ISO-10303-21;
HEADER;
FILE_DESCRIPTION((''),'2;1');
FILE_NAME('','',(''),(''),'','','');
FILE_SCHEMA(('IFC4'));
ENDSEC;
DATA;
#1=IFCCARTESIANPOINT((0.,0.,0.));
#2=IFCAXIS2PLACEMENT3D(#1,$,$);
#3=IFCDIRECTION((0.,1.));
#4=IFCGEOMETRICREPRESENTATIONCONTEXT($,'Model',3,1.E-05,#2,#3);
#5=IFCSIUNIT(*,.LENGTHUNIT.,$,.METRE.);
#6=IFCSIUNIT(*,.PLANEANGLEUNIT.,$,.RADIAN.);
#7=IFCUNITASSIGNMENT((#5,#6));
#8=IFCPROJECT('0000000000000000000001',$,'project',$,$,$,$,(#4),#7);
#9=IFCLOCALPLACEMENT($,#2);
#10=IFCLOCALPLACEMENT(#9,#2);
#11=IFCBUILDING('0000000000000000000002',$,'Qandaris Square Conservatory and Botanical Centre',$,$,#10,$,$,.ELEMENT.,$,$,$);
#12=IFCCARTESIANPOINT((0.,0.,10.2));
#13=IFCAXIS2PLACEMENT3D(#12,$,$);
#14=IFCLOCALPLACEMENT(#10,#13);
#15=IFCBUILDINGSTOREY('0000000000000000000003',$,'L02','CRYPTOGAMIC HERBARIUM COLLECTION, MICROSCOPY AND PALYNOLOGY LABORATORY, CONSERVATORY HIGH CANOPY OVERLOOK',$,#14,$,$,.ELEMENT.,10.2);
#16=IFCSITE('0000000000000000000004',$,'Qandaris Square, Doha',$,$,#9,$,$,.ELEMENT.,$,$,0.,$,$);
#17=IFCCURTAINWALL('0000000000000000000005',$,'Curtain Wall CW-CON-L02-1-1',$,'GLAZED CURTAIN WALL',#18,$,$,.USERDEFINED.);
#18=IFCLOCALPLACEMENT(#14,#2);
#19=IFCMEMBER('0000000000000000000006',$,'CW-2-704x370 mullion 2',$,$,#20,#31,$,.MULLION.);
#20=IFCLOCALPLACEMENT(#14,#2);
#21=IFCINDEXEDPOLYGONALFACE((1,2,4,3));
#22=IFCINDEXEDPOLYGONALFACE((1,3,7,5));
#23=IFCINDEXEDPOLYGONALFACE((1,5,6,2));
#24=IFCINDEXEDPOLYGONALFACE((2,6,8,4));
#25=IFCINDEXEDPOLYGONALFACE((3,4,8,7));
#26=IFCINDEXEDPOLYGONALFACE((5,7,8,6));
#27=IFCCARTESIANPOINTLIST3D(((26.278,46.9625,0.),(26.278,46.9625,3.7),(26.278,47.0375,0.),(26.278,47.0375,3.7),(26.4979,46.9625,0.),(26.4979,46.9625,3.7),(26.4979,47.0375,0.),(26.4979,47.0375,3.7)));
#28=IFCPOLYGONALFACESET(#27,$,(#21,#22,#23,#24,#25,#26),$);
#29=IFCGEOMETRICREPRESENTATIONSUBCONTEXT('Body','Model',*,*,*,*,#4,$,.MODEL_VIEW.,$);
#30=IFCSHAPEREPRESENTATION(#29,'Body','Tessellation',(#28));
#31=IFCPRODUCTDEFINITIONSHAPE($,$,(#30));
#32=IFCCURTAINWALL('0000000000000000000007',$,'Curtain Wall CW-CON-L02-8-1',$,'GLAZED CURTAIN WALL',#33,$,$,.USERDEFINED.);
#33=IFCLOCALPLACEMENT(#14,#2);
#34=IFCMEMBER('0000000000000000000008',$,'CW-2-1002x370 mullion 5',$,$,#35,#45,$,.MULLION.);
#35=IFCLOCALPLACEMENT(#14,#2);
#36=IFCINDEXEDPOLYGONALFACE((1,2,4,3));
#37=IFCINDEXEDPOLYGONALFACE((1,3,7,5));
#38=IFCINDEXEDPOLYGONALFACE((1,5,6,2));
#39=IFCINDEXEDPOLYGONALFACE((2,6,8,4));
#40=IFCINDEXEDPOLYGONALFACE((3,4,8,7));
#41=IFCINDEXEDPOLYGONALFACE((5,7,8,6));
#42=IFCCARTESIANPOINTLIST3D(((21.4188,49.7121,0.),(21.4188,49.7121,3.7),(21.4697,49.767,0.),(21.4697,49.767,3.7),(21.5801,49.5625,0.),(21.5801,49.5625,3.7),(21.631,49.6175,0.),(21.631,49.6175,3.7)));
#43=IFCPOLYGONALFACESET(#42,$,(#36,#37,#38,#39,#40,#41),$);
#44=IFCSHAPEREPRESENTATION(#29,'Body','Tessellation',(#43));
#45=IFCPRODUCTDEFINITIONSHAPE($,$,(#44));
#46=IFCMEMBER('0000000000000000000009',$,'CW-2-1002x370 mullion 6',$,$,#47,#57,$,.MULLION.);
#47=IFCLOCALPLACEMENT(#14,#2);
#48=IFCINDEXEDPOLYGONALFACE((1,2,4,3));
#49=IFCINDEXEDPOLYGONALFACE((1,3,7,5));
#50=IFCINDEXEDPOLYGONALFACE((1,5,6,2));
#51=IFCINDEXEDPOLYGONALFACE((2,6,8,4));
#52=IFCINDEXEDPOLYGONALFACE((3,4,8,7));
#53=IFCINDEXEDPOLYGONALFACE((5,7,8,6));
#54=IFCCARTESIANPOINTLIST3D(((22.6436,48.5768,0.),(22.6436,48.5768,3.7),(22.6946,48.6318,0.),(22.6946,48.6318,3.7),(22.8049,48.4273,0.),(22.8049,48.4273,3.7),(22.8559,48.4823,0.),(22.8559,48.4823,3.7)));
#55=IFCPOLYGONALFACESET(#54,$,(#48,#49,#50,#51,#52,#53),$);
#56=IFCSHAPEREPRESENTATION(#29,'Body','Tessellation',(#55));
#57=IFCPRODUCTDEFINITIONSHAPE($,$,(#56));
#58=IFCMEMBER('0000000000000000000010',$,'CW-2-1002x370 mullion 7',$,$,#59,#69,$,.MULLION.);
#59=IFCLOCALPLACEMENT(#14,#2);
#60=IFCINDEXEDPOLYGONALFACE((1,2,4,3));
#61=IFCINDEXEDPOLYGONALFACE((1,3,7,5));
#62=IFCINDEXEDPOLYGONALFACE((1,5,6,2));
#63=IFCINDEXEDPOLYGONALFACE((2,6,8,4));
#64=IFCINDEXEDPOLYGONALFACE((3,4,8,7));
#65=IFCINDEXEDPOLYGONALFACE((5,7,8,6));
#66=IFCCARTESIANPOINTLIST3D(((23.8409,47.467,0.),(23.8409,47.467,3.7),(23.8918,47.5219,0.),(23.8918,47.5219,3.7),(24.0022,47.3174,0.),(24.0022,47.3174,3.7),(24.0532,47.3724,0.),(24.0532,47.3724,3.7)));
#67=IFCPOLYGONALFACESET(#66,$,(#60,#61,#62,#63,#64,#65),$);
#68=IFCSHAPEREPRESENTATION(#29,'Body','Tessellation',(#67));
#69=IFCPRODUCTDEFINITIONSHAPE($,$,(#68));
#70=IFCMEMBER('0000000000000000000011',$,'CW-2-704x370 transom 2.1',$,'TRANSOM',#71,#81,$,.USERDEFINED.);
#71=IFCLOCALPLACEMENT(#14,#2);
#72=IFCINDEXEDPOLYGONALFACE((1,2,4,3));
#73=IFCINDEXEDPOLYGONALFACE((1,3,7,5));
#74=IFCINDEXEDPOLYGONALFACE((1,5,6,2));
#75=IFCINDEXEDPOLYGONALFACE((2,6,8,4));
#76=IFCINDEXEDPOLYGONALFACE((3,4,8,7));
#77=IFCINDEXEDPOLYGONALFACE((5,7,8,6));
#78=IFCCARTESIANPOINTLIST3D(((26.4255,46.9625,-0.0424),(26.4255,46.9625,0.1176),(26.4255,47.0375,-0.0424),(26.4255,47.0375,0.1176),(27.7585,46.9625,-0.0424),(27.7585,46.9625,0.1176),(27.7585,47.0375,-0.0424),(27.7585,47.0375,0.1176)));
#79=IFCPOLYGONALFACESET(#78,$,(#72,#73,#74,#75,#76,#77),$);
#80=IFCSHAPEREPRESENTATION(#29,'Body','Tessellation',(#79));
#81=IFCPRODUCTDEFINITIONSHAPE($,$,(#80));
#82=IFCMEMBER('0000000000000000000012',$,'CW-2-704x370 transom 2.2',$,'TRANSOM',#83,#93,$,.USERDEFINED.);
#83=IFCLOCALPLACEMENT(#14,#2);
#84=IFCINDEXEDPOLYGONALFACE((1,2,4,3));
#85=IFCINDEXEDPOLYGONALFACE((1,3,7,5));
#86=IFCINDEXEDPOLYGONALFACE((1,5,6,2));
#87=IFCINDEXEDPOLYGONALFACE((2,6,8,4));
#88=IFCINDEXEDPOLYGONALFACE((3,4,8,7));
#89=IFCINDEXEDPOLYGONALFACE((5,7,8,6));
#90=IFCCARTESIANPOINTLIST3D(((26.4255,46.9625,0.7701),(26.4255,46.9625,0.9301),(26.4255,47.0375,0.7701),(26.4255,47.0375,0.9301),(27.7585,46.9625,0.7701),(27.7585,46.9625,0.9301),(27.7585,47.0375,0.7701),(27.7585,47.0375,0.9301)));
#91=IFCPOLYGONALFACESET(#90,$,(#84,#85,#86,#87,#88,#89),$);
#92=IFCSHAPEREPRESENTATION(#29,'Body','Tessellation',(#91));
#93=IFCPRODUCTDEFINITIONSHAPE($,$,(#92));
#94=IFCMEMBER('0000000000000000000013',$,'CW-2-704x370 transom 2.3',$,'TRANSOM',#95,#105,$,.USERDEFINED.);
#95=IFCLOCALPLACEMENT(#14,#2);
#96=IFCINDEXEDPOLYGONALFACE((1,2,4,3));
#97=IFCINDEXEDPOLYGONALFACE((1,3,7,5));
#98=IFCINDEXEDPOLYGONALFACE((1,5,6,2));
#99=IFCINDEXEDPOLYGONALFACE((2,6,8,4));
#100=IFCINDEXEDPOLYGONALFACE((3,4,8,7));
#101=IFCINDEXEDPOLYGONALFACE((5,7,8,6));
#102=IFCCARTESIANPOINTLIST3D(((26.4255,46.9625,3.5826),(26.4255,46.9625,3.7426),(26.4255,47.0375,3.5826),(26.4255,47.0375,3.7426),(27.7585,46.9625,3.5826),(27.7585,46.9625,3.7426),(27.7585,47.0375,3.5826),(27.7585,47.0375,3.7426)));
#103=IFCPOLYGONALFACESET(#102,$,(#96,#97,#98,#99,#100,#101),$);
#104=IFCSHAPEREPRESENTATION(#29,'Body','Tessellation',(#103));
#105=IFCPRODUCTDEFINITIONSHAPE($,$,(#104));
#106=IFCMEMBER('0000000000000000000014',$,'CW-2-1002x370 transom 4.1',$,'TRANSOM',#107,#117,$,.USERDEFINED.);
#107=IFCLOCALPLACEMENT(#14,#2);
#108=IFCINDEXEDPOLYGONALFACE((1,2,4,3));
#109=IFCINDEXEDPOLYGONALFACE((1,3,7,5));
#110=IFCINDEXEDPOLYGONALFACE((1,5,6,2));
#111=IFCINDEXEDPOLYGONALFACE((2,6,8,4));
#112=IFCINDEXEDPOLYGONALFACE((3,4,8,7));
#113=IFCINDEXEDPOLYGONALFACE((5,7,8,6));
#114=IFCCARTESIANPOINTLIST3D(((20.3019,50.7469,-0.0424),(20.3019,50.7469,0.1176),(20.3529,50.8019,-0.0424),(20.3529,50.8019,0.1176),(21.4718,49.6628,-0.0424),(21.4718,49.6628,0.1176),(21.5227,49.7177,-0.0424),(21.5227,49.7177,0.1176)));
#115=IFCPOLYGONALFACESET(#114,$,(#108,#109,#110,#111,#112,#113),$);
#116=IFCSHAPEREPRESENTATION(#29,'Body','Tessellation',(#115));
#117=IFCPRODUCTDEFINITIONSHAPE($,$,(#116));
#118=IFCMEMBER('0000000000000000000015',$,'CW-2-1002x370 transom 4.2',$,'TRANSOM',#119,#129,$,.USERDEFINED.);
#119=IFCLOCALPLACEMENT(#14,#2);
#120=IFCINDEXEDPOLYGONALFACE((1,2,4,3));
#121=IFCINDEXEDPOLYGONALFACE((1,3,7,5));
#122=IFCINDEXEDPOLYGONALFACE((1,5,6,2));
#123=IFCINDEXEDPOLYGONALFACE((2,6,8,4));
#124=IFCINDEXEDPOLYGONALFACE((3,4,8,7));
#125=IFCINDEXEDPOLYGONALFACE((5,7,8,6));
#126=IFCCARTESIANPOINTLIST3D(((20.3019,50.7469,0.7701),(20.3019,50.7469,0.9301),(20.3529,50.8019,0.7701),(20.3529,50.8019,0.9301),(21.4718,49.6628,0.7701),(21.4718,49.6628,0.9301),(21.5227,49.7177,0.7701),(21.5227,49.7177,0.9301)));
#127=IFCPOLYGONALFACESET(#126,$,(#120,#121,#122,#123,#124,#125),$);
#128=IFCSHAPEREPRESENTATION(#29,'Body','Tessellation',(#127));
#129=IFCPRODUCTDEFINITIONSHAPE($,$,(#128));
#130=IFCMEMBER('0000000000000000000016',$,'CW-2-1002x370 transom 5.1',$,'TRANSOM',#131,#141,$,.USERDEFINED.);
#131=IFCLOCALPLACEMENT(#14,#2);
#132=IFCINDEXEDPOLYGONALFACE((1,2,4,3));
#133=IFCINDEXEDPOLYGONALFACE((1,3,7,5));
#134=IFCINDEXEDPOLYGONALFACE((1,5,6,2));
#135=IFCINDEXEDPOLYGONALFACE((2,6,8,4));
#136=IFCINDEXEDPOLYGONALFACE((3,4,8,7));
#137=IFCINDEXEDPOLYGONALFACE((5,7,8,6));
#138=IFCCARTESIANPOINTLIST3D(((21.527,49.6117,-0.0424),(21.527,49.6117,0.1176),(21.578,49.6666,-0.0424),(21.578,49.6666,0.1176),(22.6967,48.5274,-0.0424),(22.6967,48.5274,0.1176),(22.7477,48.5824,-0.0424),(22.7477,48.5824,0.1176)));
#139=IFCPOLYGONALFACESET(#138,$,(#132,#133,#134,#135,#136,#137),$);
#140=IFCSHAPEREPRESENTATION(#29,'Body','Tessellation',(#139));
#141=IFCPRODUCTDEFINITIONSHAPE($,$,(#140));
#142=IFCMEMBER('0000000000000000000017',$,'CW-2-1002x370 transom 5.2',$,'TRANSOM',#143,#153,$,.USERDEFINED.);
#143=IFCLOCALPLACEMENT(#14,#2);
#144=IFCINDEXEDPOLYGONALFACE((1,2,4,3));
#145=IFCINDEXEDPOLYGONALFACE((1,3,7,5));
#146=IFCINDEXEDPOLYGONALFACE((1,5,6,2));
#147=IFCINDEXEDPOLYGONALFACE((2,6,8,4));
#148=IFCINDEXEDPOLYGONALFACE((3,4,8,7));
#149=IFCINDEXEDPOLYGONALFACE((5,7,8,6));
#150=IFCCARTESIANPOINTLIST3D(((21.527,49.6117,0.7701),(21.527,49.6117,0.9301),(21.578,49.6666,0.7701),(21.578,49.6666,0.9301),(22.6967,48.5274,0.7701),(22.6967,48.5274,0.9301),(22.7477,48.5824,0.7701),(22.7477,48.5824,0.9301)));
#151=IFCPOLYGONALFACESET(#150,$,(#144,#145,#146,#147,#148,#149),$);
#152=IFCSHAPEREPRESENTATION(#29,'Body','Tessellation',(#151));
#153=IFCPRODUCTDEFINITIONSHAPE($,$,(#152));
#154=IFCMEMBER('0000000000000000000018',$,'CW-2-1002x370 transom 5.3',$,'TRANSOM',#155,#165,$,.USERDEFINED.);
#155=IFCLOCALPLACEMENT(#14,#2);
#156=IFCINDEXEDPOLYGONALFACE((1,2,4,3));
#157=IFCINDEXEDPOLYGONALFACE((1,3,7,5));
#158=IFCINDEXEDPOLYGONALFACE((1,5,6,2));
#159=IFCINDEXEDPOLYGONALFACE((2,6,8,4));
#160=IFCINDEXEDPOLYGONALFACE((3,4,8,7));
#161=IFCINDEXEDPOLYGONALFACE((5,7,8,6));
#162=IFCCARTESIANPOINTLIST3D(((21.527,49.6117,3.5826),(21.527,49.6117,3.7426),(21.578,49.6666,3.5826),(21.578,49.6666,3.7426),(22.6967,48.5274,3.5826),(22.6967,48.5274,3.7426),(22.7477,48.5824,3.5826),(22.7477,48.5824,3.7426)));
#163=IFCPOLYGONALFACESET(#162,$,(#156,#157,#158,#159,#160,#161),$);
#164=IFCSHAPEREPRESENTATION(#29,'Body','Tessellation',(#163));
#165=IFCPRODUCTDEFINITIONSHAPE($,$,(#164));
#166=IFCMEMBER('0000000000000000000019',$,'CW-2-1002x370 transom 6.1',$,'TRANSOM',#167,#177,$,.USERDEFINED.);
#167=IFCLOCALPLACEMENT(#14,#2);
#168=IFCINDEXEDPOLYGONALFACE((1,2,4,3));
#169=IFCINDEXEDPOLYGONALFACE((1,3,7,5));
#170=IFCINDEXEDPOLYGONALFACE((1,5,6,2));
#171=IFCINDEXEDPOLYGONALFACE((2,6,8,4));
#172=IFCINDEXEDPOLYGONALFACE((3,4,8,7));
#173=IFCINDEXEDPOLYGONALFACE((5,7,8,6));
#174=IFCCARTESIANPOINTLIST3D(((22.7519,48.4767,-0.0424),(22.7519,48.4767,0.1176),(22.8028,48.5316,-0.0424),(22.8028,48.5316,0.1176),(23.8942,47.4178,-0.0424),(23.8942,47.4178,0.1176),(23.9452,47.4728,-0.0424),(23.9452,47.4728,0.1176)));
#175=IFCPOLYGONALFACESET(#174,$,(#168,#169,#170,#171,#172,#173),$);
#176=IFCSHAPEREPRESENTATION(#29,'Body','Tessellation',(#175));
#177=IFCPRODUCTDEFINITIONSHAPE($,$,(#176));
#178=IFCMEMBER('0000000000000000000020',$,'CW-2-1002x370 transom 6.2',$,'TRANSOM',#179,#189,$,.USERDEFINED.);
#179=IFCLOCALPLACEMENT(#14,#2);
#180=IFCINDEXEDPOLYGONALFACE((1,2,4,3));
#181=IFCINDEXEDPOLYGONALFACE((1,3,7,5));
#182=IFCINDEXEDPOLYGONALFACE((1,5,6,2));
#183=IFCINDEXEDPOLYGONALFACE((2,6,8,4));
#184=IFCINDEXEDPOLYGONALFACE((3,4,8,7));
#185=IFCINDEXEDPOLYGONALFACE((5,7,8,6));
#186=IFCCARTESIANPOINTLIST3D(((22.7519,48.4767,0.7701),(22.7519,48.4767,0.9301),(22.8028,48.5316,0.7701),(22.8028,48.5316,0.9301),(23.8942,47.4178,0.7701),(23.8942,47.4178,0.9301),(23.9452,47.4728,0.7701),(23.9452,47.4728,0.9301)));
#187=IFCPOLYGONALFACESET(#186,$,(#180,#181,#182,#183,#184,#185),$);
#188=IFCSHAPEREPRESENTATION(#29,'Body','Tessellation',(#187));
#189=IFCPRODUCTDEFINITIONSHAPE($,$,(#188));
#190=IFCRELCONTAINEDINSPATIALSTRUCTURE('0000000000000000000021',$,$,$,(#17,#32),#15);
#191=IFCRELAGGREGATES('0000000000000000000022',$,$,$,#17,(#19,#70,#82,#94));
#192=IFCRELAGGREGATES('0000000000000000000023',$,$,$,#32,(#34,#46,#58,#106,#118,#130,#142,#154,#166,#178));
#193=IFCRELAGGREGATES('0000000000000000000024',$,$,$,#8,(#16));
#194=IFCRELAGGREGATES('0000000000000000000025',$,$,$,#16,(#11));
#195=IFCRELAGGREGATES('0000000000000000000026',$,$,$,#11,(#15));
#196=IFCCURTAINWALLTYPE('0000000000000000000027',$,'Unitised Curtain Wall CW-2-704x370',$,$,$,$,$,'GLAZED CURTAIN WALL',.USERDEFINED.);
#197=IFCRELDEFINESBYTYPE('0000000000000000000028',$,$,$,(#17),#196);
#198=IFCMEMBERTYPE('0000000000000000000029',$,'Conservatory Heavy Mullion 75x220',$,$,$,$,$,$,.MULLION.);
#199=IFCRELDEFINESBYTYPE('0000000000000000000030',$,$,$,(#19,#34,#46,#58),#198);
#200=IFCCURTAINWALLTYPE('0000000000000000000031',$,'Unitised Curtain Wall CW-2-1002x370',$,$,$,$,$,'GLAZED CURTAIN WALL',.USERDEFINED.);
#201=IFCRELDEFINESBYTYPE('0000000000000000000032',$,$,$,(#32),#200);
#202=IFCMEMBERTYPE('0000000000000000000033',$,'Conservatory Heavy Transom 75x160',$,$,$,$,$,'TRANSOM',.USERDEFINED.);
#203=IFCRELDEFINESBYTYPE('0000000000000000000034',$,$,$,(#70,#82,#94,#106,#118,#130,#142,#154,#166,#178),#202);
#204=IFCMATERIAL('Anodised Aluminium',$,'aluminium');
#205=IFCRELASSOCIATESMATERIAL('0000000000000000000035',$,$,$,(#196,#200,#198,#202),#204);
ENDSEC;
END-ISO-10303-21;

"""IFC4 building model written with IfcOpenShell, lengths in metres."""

from ifc_helpers import new_model, si_unit, direction, frame, origin, origin_2d, place, context, subcontext, project, spatial, rectangle, extrude, material, material_profile, profile_set, type_object, element, aggregate, save


model = new_model("IFC4")

# Units and contexts
model_context = context("Model", 3, precision=1e-05, world=origin(), true_north=direction((0.0, 1.0)))
body_context = subcontext(model_context, "Body", "Model", "MODEL_VIEW")
ifc_project = project(units=[si_unit("LENGTHUNIT", "METRE"), si_unit("PLANEANGLEUNIT", "RADIAN")], contexts=[model_context])

# Site, building, storey
site_placement = place(None, origin())
site = spatial("IfcSite", under=ifc_project, at=site_placement, Name="Qandaris Square, Doha", CompositionType="ELEMENT", RefElevation=0.0)
building_placement = place(site_placement, origin())
building = spatial("IfcBuilding", under=site, at=building_placement, Name="Qandaris Square Conservatory and Botanical Centre", CompositionType="ELEMENT")
storey_placement = place(building_placement, frame((0.0, 0.0, 10.2)))
storey = spatial("IfcBuildingStorey", under=building, at=storey_placement, Name="L02", Description="CRYPTOGAMIC HERBARIUM COLLECTION, MICROSCOPY AND PALYNOLOGY LABORATORY, CONSERVATORY HIGH CANOPY OVERLOOK", CompositionType="ELEMENT", Elevation=10.2)

# Curtain wall, member
ifc_material_1 = material(Name="Anodised Aluminium", Category="aluminium")
curtain_wall_type_1 = type_object("IfcCurtainWallType", Name="Unitised Curtain Wall CW-2-704x370", ElementType="GLAZED CURTAIN WALL", PredefinedType="USERDEFINED", material=ifc_material_1)
curtain_wall_1_placement = place(storey_placement, origin())
curtain_wall_1 = element("IfcCurtainWall", 1, at=curtain_wall_1_placement, inside=storey, type_object=curtain_wall_type_1, Name="Curtain Wall CW-CON-L02-1-1", ObjectType="GLAZED CURTAIN WALL", PredefinedType="USERDEFINED")
ifc_material_profile_1 = material_profile(ifc_material_1, rectangle(XDim=0.075, YDim=0.22, at=origin_2d()), Name="ALU-MUL 75x220")
ifc_profile_set_1 = profile_set([ifc_material_profile_1], Name="Anodised Aluminium")
member_type_1 = type_object("IfcMemberType", Name="Conservatory Heavy Mullion 75x220", PredefinedType="MULLION", material=ifc_profile_set_1)
member_1_placement = place(storey_placement, frame((26.3879, 47.0, 0.0), z_axis=(0.0, 0.0, 1.0), x_axis=(0.0, 1.0, 0.0)))
member_1 = element("IfcMember", 2, at=member_1_placement, type_object=member_type_1, Name="CW-2-704x370 mullion 2", PredefinedType="MULLION", context=body_context, shape_type="SweptSolid", body=[
    extrude(rectangle(XDim=0.075, YDim=0.22, at=origin_2d()), origin(), (0.0, 0.0, 1.0), 3.7),
])

# Curtain wall, members
curtain_wall_type_2 = type_object("IfcCurtainWallType", Name="Unitised Curtain Wall CW-2-1002x370", ElementType="GLAZED CURTAIN WALL", PredefinedType="USERDEFINED", material=ifc_material_1)
curtain_wall_2_placement = place(storey_placement, origin())
curtain_wall_2 = element("IfcCurtainWall", 3, at=curtain_wall_2_placement, inside=storey, type_object=curtain_wall_type_2, Name="Curtain Wall CW-CON-L02-8-1", ObjectType="GLAZED CURTAIN WALL", PredefinedType="USERDEFINED")
member_2_placement = place(storey_placement, frame((21.5249, 49.6648, 0.0), z_axis=(0.0, 0.0, 1.0), x_axis=(0.679762, 0.733433, 0.0)))
member_2 = element("IfcMember", 4, at=member_2_placement, type_object=member_type_1, Name="CW-2-1002x370 mullion 5", PredefinedType="MULLION", context=body_context, shape_type="SweptSolid", body=[
    extrude(rectangle(XDim=0.075, YDim=0.22, at=origin_2d()), origin(), (0.0, 0.0, 1.0), 3.7),
])
member_3_placement = place(storey_placement, frame((22.7498, 48.5295, 0.0), z_axis=(0.0, 0.0, 1.0), x_axis=(0.679762, 0.733433, 0.0)))
member_3 = element("IfcMember", 5, at=member_3_placement, type_object=member_type_1, Name="CW-2-1002x370 mullion 6", PredefinedType="MULLION", context=body_context, shape_type="SweptSolid", body=[
    extrude(rectangle(XDim=0.075, YDim=0.22, at=origin_2d()), origin(), (0.0, 0.0, 1.0), 3.7),
])
member_4_placement = place(storey_placement, frame((23.947, 47.4197, 0.0), z_axis=(0.0, 0.0, 1.0), x_axis=(0.679762, 0.733433, 0.0)))
member_4 = element("IfcMember", 6, at=member_4_placement, type_object=member_type_1, Name="CW-2-1002x370 mullion 7", PredefinedType="MULLION", context=body_context, shape_type="SweptSolid", body=[
    extrude(rectangle(XDim=0.075, YDim=0.22, at=origin_2d()), origin(), (0.0, 0.0, 1.0), 3.7),
])

# Members
ifc_material_profile_2 = material_profile(ifc_material_1, rectangle(XDim=0.075, YDim=0.1599, at=origin_2d()), Name="ALU-TRN 75x160")
ifc_profile_set_2 = profile_set([ifc_material_profile_2], Name="Anodised Aluminium")
member_type_2 = type_object("IfcMemberType", Name="Conservatory Heavy Transom 75x160", ElementType="TRANSOM", PredefinedType="USERDEFINED", material=ifc_profile_set_2)
member_5_placement = place(storey_placement, frame((26.4255, 47.0, 0.0376), z_axis=(1.0, 0.0, 0.0), x_axis=(0.0, 1.0, 0.0)))
member_5 = element("IfcMember", 7, at=member_5_placement, type_object=member_type_2, Name="CW-2-704x370 transom 2.1", ObjectType="TRANSOM", PredefinedType="USERDEFINED", context=body_context, shape_type="SweptSolid", body=[
    extrude(rectangle(XDim=0.075, YDim=0.1599, at=origin_2d()), origin(), (0.0, 0.0, 1.0), 1.333),
])
member_6_placement = place(storey_placement, frame((26.4255, 47.0, 0.8501), z_axis=(1.0, 0.0, 0.0), x_axis=(0.0, 1.0, 0.0)))
member_6 = element("IfcMember", 8, at=member_6_placement, type_object=member_type_2, Name="CW-2-704x370 transom 2.2", ObjectType="TRANSOM", PredefinedType="USERDEFINED", context=body_context, shape_type="SweptSolid", body=[
    extrude(rectangle(XDim=0.075, YDim=0.1599, at=origin_2d()), origin(), (0.0, 0.0, 1.0), 1.333),
])
member_7_placement = place(storey_placement, frame((26.4255, 47.0, 3.6626), z_axis=(1.0, 0.0, 0.0), x_axis=(0.0, 1.0, 0.0)))
member_7 = element("IfcMember", 9, at=member_7_placement, type_object=member_type_2, Name="CW-2-704x370 transom 2.3", ObjectType="TRANSOM", PredefinedType="USERDEFINED", context=body_context, shape_type="SweptSolid", body=[
    extrude(rectangle(XDim=0.075, YDim=0.1599, at=origin_2d()), origin(), (0.0, 0.0, 1.0), 1.333),
])
member_8_placement = place(storey_placement, frame((20.3274, 50.7744, 0.0376), z_axis=(0.733458, -0.679735, 0.0), x_axis=(0.679735, 0.733458, 0.0)))
member_8 = element("IfcMember", 10, at=member_8_placement, type_object=member_type_2, Name="CW-2-1002x370 transom 4.1", ObjectType="TRANSOM", PredefinedType="USERDEFINED", context=body_context, shape_type="SweptSolid", body=[
    extrude(rectangle(XDim=0.075, YDim=0.1599, at=origin_2d()), origin(), (0.0, 0.0, 1.0), 1.595),
])
member_9_placement = place(storey_placement, frame((20.3274, 50.7744, 0.8501), z_axis=(0.733458, -0.679735, 0.0), x_axis=(0.679735, 0.733458, 0.0)))
member_9 = element("IfcMember", 11, at=member_9_placement, type_object=member_type_2, Name="CW-2-1002x370 transom 4.2", ObjectType="TRANSOM", PredefinedType="USERDEFINED", context=body_context, shape_type="SweptSolid", body=[
    extrude(rectangle(XDim=0.075, YDim=0.1599, at=origin_2d()), origin(), (0.0, 0.0, 1.0), 1.595),
])
member_10_placement = place(storey_placement, frame((21.5525, 49.6392, 0.0376), z_axis=(0.733387, -0.679811, 0.0), x_axis=(0.679811, 0.733387, 0.0)))
member_10 = element("IfcMember", 12, at=member_10_placement, type_object=member_type_2, Name="CW-2-1002x370 transom 5.1", ObjectType="TRANSOM", PredefinedType="USERDEFINED", context=body_context, shape_type="SweptSolid", body=[
    extrude(rectangle(XDim=0.075, YDim=0.1599, at=origin_2d()), origin(), (0.0, 0.0, 1.0), 1.595),
])
member_11_placement = place(storey_placement, frame((21.5525, 49.6392, 0.8501), z_axis=(0.733387, -0.679811, 0.0), x_axis=(0.679811, 0.733387, 0.0)))
member_11 = element("IfcMember", 13, at=member_11_placement, type_object=member_type_2, Name="CW-2-1002x370 transom 5.2", ObjectType="TRANSOM", PredefinedType="USERDEFINED", context=body_context, shape_type="SweptSolid", body=[
    extrude(rectangle(XDim=0.075, YDim=0.1599, at=origin_2d()), origin(), (0.0, 0.0, 1.0), 1.595),
])
member_12_placement = place(storey_placement, frame((21.5525, 49.6392, 3.6626), z_axis=(0.733387, -0.679811, 0.0), x_axis=(0.679811, 0.733387, 0.0)))
member_12 = element("IfcMember", 14, at=member_12_placement, type_object=member_type_2, Name="CW-2-1002x370 transom 5.3", ObjectType="TRANSOM", PredefinedType="USERDEFINED", context=body_context, shape_type="SweptSolid", body=[
    extrude(rectangle(XDim=0.075, YDim=0.1599, at=origin_2d()), origin(), (0.0, 0.0, 1.0), 1.595),
])
member_13_placement = place(storey_placement, frame((22.7773, 48.5042, 0.0376), z_axis=(0.733402, -0.679796, 0.0), x_axis=(0.679796, 0.733402, 0.0)))
member_13 = element("IfcMember", 15, at=member_13_placement, type_object=member_type_2, Name="CW-2-1002x370 transom 6.1", ObjectType="TRANSOM", PredefinedType="USERDEFINED", context=body_context, shape_type="SweptSolid", body=[
    extrude(rectangle(XDim=0.075, YDim=0.1599, at=origin_2d()), origin(), (0.0, 0.0, 1.0), 1.5576),
])
member_14_placement = place(storey_placement, frame((22.7773, 48.5042, 0.8501), z_axis=(0.733402, -0.679796, 0.0), x_axis=(0.679796, 0.733402, 0.0)))
member_14 = element("IfcMember", 16, at=member_14_placement, type_object=member_type_2, Name="CW-2-1002x370 transom 6.2", ObjectType="TRANSOM", PredefinedType="USERDEFINED", context=body_context, shape_type="SweptSolid", body=[
    extrude(rectangle(XDim=0.075, YDim=0.1599, at=origin_2d()), origin(), (0.0, 0.0, 1.0), 1.5576),
])

aggregate(curtain_wall_1, [member_1, member_5, member_6, member_7])
aggregate(curtain_wall_2, [member_2, member_3, member_4, member_8, member_9, member_10, member_11, member_12, member_13, member_14])

save(model, "model.ifc")
